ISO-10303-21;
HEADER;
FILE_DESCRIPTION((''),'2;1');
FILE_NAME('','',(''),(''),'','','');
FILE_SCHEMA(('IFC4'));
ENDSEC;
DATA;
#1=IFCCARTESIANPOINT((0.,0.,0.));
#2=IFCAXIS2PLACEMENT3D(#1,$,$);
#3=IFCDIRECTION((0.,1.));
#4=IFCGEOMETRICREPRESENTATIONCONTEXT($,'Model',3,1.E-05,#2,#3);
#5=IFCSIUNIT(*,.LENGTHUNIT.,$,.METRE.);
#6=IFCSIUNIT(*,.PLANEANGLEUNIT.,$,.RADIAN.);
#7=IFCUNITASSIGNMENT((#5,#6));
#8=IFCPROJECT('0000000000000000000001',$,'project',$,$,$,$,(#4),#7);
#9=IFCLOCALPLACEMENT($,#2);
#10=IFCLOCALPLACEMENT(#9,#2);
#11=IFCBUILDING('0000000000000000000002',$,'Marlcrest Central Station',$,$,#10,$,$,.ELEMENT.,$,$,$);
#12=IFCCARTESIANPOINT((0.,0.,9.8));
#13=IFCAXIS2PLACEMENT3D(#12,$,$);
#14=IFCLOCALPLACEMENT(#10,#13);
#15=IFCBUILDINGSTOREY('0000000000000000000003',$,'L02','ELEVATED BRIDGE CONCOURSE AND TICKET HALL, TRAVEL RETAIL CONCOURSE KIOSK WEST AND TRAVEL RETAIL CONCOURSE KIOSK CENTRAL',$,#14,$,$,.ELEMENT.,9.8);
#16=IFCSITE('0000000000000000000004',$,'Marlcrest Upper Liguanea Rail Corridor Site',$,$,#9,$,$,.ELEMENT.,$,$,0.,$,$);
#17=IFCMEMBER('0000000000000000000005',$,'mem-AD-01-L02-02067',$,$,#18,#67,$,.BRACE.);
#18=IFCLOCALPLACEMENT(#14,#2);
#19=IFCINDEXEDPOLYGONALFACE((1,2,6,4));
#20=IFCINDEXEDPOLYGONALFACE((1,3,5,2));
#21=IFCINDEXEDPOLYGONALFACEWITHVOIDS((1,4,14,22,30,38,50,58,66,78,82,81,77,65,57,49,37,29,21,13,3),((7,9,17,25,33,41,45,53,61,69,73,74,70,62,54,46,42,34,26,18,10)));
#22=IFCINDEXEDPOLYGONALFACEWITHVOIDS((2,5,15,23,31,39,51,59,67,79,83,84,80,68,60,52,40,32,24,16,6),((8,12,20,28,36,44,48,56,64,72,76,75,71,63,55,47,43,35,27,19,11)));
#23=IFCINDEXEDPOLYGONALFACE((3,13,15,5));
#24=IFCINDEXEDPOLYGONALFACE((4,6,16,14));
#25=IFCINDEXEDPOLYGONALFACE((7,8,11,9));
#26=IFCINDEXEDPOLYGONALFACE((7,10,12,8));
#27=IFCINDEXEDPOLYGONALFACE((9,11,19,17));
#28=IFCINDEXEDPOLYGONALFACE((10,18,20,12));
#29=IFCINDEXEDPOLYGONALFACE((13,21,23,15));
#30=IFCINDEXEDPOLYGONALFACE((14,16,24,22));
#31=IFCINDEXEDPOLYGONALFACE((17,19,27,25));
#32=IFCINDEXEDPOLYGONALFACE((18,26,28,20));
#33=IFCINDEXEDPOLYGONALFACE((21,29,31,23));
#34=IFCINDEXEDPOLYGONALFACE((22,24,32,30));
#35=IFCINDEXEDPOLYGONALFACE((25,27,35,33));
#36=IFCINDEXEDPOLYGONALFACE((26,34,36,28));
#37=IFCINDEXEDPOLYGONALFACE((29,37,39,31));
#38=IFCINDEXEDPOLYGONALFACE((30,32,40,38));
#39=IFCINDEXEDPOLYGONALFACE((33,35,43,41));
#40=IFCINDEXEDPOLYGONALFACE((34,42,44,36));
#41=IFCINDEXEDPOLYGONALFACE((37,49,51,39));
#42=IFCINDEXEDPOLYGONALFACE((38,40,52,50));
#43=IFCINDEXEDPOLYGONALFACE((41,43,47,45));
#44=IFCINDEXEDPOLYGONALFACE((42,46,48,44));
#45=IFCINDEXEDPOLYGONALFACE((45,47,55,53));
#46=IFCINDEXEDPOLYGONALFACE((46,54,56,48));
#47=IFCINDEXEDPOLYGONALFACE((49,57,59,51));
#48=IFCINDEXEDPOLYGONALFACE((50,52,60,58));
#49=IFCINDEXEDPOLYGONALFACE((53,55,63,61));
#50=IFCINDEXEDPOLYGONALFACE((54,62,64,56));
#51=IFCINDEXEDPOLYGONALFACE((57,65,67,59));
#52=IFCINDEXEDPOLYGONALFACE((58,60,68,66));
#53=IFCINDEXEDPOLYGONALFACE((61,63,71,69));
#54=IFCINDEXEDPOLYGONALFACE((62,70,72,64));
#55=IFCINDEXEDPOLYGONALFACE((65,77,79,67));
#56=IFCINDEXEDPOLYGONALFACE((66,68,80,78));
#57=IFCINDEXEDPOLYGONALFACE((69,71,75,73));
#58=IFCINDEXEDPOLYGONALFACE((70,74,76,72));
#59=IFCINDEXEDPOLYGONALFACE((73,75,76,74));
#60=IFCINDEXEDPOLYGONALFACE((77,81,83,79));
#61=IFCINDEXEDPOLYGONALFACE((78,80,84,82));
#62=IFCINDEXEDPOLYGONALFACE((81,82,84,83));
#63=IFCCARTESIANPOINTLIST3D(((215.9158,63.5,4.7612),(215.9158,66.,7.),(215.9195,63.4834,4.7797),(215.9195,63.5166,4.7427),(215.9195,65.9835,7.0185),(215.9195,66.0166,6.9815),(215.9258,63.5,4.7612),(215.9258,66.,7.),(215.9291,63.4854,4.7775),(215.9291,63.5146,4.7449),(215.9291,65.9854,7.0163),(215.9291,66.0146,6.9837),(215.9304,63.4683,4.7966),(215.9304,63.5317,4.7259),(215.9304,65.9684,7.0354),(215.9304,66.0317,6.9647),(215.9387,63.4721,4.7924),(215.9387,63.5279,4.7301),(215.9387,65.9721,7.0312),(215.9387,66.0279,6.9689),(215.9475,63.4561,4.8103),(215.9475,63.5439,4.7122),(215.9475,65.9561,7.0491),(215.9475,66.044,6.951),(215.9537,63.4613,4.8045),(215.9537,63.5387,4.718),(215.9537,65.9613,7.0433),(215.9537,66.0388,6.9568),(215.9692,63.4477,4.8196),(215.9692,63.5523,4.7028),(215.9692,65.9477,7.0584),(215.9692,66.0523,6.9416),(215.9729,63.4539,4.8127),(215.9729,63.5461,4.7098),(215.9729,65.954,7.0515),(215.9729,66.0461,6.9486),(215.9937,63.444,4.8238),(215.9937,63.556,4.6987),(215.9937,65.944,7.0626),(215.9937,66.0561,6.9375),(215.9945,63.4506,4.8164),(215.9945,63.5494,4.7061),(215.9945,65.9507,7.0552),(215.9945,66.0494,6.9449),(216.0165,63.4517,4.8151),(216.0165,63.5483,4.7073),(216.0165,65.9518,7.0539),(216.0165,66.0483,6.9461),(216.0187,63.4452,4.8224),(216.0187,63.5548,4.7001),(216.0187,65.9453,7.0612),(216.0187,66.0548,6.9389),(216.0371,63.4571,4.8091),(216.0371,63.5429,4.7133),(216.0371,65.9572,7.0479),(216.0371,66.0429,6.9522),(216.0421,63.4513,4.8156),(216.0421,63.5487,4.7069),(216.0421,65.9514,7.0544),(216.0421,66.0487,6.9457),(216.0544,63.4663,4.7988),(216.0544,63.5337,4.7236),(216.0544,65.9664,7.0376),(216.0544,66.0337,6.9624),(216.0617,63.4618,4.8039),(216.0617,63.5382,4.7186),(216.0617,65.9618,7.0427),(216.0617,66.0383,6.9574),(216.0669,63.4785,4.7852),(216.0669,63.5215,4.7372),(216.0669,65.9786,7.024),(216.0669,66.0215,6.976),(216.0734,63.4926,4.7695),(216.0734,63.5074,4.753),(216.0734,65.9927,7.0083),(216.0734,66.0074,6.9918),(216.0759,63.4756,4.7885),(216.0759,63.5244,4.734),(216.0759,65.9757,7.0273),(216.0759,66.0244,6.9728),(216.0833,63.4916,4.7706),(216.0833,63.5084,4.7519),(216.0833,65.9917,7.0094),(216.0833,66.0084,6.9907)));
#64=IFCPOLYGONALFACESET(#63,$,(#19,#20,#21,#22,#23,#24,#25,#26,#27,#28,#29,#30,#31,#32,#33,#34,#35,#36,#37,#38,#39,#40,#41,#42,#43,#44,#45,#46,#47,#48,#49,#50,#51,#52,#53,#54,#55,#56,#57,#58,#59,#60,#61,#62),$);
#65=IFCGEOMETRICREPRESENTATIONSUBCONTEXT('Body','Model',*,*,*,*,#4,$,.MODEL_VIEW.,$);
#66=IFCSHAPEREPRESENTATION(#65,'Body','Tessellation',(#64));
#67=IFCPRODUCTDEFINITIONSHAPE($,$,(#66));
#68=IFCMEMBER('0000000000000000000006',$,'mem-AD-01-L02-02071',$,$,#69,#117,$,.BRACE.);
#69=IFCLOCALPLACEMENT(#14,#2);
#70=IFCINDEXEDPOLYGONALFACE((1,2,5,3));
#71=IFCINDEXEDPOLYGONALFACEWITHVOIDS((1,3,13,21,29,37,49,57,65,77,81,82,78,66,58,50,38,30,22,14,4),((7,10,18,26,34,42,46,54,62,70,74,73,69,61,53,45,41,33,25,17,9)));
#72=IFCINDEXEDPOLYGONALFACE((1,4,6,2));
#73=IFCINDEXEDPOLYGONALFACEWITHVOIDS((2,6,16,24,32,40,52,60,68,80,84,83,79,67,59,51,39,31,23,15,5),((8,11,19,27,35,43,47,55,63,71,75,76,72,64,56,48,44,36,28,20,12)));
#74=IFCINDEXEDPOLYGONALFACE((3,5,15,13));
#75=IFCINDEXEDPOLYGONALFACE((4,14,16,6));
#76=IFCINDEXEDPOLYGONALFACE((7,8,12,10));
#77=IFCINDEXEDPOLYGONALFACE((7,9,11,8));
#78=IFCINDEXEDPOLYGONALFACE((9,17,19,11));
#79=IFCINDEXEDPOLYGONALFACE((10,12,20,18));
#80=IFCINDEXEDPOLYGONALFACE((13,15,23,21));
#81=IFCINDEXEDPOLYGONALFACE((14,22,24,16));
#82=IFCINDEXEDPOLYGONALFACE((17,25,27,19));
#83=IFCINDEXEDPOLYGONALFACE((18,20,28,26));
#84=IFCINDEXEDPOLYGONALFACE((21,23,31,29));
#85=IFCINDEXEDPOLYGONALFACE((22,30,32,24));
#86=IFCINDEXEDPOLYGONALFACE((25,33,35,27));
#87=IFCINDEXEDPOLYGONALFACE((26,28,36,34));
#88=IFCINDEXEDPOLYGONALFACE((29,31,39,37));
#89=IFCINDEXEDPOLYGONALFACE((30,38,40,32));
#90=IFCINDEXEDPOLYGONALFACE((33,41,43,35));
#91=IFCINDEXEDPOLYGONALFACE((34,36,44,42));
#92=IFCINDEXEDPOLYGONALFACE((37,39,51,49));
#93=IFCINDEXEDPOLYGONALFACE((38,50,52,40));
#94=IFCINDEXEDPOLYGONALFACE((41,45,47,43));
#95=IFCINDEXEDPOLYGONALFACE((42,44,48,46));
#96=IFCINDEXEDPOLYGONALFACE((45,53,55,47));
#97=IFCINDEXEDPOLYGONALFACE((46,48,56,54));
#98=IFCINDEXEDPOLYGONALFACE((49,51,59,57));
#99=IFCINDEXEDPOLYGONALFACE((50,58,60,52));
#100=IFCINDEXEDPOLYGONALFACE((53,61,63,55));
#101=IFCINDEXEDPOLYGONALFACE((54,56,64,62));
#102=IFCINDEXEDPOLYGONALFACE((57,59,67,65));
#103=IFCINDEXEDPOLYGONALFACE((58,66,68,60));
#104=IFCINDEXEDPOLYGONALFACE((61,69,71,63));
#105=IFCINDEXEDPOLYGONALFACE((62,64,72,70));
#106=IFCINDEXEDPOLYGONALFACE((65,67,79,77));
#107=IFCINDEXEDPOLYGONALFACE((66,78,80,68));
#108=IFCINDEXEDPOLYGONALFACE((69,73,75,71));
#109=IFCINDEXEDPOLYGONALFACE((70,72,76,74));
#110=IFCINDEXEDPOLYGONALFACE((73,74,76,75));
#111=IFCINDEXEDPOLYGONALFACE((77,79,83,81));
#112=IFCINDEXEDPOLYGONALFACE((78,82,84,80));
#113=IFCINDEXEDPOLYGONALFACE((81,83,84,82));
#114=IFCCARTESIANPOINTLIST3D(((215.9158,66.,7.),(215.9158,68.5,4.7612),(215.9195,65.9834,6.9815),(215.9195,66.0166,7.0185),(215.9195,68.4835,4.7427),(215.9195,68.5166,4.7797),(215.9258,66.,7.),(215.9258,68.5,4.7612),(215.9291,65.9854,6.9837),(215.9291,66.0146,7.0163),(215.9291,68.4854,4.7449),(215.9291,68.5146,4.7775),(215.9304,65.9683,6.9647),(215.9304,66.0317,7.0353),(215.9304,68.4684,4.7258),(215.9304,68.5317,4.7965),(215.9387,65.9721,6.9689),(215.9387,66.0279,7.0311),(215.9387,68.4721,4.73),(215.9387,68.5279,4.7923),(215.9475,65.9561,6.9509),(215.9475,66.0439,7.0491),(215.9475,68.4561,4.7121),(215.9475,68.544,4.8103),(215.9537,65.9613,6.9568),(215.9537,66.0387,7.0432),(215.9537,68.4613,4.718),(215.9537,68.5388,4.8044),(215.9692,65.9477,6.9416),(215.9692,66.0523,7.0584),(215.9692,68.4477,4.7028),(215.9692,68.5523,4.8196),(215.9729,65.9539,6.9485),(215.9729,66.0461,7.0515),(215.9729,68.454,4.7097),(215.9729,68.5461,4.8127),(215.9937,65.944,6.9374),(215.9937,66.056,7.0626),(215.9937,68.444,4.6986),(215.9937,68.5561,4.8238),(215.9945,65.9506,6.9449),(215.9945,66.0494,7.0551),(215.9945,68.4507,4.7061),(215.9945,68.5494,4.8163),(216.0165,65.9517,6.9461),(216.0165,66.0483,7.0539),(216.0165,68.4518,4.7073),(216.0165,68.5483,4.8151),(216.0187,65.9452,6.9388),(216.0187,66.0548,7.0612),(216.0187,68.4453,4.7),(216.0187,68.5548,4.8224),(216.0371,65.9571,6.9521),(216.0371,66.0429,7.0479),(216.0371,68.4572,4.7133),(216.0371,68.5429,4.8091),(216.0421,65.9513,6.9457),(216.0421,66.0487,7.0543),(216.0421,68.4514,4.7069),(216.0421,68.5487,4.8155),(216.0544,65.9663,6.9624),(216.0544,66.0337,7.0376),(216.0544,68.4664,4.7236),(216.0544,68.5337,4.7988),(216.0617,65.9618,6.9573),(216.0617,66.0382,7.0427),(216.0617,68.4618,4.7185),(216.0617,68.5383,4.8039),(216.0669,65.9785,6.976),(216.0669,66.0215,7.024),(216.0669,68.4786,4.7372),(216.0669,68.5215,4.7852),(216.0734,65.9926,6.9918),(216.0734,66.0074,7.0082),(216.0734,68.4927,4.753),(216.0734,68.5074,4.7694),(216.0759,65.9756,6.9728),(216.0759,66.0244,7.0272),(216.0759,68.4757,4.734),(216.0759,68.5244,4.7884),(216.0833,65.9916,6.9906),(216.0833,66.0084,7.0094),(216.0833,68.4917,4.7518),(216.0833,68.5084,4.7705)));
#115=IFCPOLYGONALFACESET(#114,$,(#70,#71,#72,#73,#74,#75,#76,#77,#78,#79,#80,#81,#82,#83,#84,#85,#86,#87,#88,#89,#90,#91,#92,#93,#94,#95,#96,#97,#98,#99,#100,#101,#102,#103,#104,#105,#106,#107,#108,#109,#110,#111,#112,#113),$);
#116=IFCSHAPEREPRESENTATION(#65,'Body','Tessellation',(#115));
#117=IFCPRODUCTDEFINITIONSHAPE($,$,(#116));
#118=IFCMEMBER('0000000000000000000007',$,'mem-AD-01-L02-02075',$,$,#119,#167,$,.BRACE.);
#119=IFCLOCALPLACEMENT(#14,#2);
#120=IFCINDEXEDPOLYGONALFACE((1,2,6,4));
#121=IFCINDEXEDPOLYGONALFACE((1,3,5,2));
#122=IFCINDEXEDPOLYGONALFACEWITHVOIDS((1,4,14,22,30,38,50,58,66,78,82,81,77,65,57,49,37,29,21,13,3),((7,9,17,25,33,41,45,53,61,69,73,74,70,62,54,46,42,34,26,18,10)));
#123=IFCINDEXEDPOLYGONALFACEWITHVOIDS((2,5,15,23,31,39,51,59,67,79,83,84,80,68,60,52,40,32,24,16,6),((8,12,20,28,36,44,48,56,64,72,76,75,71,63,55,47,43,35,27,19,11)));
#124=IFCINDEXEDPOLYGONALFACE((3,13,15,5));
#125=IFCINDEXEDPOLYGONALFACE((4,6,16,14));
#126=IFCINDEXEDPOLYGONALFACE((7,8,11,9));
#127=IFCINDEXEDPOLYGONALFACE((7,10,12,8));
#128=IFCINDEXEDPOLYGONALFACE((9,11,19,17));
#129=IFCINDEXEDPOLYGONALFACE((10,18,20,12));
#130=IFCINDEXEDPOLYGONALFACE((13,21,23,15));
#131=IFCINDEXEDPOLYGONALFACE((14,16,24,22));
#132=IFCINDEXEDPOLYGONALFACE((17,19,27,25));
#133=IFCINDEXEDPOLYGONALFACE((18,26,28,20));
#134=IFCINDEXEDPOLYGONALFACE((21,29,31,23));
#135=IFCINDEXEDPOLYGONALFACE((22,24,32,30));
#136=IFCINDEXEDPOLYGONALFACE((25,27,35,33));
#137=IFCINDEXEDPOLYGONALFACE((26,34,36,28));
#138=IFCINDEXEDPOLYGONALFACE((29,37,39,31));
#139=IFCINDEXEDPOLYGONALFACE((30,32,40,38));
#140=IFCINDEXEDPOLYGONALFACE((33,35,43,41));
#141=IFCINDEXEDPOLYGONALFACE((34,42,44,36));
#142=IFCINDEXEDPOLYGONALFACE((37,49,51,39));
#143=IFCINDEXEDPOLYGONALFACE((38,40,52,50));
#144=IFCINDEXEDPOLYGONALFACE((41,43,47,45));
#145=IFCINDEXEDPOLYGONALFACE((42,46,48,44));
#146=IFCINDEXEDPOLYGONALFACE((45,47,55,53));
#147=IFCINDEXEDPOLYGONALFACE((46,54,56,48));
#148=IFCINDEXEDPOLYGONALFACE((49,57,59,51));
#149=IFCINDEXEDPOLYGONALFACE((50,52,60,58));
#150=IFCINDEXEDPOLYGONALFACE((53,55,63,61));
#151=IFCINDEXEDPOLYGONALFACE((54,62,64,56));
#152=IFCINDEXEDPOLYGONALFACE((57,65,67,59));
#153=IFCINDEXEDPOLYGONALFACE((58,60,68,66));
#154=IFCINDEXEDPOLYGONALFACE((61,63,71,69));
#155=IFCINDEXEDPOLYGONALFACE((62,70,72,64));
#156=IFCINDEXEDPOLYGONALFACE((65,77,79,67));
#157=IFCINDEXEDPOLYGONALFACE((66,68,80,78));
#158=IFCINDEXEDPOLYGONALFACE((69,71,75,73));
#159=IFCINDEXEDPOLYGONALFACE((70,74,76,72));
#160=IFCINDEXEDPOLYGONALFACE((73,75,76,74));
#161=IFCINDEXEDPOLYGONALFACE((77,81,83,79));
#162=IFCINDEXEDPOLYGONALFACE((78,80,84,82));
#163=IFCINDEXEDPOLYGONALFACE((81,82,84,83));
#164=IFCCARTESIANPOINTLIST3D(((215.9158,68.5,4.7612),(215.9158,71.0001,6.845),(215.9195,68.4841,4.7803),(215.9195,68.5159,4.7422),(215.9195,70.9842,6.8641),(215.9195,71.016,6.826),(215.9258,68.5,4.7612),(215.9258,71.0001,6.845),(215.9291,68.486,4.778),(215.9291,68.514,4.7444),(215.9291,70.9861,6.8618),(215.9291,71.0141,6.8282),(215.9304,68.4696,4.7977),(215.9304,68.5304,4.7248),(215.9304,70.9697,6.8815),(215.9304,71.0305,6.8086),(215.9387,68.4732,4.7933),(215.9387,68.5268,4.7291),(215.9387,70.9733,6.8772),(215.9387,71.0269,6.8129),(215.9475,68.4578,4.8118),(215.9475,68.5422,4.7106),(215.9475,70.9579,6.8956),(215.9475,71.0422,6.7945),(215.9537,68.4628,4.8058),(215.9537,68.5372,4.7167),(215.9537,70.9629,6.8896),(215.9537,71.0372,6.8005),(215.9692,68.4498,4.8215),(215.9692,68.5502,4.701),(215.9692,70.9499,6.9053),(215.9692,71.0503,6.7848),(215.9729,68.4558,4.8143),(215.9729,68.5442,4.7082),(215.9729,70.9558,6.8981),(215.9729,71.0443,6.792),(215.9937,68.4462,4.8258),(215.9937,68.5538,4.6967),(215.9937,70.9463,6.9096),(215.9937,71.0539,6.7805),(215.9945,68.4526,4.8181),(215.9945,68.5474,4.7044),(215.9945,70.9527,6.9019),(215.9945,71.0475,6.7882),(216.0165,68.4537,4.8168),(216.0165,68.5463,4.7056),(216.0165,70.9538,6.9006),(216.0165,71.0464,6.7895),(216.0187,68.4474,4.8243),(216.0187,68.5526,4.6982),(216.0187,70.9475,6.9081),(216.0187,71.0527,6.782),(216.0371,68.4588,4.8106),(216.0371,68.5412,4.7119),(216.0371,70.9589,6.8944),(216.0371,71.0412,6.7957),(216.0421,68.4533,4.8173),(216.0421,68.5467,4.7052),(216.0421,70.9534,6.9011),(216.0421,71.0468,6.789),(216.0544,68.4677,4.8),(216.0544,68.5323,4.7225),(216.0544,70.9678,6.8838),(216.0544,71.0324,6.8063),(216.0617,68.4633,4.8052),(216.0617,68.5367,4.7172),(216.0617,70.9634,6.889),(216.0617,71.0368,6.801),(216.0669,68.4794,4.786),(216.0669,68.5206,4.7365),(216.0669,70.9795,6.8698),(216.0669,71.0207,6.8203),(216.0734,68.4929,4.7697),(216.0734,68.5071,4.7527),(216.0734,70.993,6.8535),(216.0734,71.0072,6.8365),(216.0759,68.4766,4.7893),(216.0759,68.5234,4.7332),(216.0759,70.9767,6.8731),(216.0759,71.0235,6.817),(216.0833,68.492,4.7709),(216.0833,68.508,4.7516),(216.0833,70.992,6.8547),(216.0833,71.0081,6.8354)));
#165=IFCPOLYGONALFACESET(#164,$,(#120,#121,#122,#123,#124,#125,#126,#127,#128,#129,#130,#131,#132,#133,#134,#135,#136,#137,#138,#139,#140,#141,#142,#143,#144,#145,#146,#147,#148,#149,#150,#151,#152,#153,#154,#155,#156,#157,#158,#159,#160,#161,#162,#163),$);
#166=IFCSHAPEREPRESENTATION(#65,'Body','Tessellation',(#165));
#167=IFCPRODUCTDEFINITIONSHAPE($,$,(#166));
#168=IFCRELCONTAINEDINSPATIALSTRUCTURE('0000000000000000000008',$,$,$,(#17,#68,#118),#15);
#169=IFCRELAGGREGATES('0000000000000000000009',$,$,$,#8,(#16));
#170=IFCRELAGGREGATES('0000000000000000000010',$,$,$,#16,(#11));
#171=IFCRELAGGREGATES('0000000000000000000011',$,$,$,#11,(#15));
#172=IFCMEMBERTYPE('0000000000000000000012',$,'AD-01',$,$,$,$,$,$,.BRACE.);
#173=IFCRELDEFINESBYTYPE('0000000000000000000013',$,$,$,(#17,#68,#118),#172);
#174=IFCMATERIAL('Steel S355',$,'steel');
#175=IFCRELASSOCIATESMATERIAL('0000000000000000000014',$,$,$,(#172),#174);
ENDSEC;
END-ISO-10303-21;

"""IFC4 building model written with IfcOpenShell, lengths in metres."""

from ifc_helpers import new_model, si_unit, direction, frame, origin, origin_2d, place, context, subcontext, project, spatial, hollow_circle, extrude, material, material_profile, profile_set, type_object, element, save


model = new_model("IFC4")

# Units and contexts
model_context = context("Model", 3, precision=1e-05, world=origin(), true_north=direction((0.0, 1.0)))
body_context = subcontext(model_context, "Body", "Model", "MODEL_VIEW")
ifc_project = project(units=[si_unit("LENGTHUNIT", "METRE"), si_unit("PLANEANGLEUNIT", "RADIAN")], contexts=[model_context])

# Site, building, storey
site_placement = place(None, origin())
site = spatial("IfcSite", under=ifc_project, at=site_placement, Name="Marlcrest Upper Liguanea Rail Corridor Site", CompositionType="ELEMENT", RefElevation=0.0)
building_placement = place(site_placement, origin())
building = spatial("IfcBuilding", under=site, at=building_placement, Name="Marlcrest Central Station", CompositionType="ELEMENT")
storey_placement = place(building_placement, frame((0.0, 0.0, 9.8)))
storey = spatial("IfcBuildingStorey", under=building, at=storey_placement, Name="L02", Description="ELEVATED BRIDGE CONCOURSE AND TICKET HALL, TRAVEL RETAIL CONCOURSE KIOSK WEST AND TRAVEL RETAIL CONCOURSE KIOSK CENTRAL", CompositionType="ELEMENT", Elevation=9.8)

# Members
ifc_material = material(Name="Steel S355", Category="steel")
ifc_material_profile_1 = material_profile(ifc_material, hollow_circle(Radius=0.0842, WallThickness=0.01, at=origin_2d()), Name="CHS 168.3x10")
ifc_profile_set_1 = profile_set([ifc_material_profile_1], Name="Steel S355")
member_type_1 = type_object("IfcMemberType", Name="AD-01", PredefinedType="BRACE", material=ifc_profile_set_1)
for number, where, z_axis, x_axis, name in (
    (1, (216.0, 63.5, 4.7612), (0.0, 0.744956, 0.667114), (-1.0, 0.0, 0.0), "mem-AD-01-L02-02067"),
    (2, (216.0, 66.0, 7.0), (0.0, 0.744956, -0.667114), (-1.0, 0.0, 0.0), "mem-AD-01-L02-02071"),
):
    element("IfcMember", number, at=place(storey_placement, frame(where, z_axis=z_axis, x_axis=x_axis)), inside=storey, type_object=member_type_1, Name=name, PredefinedType="BRACE", context=body_context, shape_type="SweptSolid", body=[
        extrude(hollow_circle(Radius=0.0842, WallThickness=0.01, at=origin_2d()), origin(), (0.0, 0.0, 1.0), 3.356),
    ])
member_1_placement = place(storey_placement, frame((216.0, 68.5, 4.7612), z_axis=(0.0, 0.76816, 0.640258), x_axis=(-1.0, 0.0, 0.0)))
element("IfcMember", 3, at=member_1_placement, inside=storey, type_object=member_type_1, Name="mem-AD-01-L02-02075", PredefinedType="BRACE", context=body_context, shape_type="SweptSolid", body=[
    extrude(hollow_circle(Radius=0.0842, WallThickness=0.01, at=origin_2d()), origin(), (0.0, 0.0, 1.0), 3.2546),
])

save(model, "model.ifc")
